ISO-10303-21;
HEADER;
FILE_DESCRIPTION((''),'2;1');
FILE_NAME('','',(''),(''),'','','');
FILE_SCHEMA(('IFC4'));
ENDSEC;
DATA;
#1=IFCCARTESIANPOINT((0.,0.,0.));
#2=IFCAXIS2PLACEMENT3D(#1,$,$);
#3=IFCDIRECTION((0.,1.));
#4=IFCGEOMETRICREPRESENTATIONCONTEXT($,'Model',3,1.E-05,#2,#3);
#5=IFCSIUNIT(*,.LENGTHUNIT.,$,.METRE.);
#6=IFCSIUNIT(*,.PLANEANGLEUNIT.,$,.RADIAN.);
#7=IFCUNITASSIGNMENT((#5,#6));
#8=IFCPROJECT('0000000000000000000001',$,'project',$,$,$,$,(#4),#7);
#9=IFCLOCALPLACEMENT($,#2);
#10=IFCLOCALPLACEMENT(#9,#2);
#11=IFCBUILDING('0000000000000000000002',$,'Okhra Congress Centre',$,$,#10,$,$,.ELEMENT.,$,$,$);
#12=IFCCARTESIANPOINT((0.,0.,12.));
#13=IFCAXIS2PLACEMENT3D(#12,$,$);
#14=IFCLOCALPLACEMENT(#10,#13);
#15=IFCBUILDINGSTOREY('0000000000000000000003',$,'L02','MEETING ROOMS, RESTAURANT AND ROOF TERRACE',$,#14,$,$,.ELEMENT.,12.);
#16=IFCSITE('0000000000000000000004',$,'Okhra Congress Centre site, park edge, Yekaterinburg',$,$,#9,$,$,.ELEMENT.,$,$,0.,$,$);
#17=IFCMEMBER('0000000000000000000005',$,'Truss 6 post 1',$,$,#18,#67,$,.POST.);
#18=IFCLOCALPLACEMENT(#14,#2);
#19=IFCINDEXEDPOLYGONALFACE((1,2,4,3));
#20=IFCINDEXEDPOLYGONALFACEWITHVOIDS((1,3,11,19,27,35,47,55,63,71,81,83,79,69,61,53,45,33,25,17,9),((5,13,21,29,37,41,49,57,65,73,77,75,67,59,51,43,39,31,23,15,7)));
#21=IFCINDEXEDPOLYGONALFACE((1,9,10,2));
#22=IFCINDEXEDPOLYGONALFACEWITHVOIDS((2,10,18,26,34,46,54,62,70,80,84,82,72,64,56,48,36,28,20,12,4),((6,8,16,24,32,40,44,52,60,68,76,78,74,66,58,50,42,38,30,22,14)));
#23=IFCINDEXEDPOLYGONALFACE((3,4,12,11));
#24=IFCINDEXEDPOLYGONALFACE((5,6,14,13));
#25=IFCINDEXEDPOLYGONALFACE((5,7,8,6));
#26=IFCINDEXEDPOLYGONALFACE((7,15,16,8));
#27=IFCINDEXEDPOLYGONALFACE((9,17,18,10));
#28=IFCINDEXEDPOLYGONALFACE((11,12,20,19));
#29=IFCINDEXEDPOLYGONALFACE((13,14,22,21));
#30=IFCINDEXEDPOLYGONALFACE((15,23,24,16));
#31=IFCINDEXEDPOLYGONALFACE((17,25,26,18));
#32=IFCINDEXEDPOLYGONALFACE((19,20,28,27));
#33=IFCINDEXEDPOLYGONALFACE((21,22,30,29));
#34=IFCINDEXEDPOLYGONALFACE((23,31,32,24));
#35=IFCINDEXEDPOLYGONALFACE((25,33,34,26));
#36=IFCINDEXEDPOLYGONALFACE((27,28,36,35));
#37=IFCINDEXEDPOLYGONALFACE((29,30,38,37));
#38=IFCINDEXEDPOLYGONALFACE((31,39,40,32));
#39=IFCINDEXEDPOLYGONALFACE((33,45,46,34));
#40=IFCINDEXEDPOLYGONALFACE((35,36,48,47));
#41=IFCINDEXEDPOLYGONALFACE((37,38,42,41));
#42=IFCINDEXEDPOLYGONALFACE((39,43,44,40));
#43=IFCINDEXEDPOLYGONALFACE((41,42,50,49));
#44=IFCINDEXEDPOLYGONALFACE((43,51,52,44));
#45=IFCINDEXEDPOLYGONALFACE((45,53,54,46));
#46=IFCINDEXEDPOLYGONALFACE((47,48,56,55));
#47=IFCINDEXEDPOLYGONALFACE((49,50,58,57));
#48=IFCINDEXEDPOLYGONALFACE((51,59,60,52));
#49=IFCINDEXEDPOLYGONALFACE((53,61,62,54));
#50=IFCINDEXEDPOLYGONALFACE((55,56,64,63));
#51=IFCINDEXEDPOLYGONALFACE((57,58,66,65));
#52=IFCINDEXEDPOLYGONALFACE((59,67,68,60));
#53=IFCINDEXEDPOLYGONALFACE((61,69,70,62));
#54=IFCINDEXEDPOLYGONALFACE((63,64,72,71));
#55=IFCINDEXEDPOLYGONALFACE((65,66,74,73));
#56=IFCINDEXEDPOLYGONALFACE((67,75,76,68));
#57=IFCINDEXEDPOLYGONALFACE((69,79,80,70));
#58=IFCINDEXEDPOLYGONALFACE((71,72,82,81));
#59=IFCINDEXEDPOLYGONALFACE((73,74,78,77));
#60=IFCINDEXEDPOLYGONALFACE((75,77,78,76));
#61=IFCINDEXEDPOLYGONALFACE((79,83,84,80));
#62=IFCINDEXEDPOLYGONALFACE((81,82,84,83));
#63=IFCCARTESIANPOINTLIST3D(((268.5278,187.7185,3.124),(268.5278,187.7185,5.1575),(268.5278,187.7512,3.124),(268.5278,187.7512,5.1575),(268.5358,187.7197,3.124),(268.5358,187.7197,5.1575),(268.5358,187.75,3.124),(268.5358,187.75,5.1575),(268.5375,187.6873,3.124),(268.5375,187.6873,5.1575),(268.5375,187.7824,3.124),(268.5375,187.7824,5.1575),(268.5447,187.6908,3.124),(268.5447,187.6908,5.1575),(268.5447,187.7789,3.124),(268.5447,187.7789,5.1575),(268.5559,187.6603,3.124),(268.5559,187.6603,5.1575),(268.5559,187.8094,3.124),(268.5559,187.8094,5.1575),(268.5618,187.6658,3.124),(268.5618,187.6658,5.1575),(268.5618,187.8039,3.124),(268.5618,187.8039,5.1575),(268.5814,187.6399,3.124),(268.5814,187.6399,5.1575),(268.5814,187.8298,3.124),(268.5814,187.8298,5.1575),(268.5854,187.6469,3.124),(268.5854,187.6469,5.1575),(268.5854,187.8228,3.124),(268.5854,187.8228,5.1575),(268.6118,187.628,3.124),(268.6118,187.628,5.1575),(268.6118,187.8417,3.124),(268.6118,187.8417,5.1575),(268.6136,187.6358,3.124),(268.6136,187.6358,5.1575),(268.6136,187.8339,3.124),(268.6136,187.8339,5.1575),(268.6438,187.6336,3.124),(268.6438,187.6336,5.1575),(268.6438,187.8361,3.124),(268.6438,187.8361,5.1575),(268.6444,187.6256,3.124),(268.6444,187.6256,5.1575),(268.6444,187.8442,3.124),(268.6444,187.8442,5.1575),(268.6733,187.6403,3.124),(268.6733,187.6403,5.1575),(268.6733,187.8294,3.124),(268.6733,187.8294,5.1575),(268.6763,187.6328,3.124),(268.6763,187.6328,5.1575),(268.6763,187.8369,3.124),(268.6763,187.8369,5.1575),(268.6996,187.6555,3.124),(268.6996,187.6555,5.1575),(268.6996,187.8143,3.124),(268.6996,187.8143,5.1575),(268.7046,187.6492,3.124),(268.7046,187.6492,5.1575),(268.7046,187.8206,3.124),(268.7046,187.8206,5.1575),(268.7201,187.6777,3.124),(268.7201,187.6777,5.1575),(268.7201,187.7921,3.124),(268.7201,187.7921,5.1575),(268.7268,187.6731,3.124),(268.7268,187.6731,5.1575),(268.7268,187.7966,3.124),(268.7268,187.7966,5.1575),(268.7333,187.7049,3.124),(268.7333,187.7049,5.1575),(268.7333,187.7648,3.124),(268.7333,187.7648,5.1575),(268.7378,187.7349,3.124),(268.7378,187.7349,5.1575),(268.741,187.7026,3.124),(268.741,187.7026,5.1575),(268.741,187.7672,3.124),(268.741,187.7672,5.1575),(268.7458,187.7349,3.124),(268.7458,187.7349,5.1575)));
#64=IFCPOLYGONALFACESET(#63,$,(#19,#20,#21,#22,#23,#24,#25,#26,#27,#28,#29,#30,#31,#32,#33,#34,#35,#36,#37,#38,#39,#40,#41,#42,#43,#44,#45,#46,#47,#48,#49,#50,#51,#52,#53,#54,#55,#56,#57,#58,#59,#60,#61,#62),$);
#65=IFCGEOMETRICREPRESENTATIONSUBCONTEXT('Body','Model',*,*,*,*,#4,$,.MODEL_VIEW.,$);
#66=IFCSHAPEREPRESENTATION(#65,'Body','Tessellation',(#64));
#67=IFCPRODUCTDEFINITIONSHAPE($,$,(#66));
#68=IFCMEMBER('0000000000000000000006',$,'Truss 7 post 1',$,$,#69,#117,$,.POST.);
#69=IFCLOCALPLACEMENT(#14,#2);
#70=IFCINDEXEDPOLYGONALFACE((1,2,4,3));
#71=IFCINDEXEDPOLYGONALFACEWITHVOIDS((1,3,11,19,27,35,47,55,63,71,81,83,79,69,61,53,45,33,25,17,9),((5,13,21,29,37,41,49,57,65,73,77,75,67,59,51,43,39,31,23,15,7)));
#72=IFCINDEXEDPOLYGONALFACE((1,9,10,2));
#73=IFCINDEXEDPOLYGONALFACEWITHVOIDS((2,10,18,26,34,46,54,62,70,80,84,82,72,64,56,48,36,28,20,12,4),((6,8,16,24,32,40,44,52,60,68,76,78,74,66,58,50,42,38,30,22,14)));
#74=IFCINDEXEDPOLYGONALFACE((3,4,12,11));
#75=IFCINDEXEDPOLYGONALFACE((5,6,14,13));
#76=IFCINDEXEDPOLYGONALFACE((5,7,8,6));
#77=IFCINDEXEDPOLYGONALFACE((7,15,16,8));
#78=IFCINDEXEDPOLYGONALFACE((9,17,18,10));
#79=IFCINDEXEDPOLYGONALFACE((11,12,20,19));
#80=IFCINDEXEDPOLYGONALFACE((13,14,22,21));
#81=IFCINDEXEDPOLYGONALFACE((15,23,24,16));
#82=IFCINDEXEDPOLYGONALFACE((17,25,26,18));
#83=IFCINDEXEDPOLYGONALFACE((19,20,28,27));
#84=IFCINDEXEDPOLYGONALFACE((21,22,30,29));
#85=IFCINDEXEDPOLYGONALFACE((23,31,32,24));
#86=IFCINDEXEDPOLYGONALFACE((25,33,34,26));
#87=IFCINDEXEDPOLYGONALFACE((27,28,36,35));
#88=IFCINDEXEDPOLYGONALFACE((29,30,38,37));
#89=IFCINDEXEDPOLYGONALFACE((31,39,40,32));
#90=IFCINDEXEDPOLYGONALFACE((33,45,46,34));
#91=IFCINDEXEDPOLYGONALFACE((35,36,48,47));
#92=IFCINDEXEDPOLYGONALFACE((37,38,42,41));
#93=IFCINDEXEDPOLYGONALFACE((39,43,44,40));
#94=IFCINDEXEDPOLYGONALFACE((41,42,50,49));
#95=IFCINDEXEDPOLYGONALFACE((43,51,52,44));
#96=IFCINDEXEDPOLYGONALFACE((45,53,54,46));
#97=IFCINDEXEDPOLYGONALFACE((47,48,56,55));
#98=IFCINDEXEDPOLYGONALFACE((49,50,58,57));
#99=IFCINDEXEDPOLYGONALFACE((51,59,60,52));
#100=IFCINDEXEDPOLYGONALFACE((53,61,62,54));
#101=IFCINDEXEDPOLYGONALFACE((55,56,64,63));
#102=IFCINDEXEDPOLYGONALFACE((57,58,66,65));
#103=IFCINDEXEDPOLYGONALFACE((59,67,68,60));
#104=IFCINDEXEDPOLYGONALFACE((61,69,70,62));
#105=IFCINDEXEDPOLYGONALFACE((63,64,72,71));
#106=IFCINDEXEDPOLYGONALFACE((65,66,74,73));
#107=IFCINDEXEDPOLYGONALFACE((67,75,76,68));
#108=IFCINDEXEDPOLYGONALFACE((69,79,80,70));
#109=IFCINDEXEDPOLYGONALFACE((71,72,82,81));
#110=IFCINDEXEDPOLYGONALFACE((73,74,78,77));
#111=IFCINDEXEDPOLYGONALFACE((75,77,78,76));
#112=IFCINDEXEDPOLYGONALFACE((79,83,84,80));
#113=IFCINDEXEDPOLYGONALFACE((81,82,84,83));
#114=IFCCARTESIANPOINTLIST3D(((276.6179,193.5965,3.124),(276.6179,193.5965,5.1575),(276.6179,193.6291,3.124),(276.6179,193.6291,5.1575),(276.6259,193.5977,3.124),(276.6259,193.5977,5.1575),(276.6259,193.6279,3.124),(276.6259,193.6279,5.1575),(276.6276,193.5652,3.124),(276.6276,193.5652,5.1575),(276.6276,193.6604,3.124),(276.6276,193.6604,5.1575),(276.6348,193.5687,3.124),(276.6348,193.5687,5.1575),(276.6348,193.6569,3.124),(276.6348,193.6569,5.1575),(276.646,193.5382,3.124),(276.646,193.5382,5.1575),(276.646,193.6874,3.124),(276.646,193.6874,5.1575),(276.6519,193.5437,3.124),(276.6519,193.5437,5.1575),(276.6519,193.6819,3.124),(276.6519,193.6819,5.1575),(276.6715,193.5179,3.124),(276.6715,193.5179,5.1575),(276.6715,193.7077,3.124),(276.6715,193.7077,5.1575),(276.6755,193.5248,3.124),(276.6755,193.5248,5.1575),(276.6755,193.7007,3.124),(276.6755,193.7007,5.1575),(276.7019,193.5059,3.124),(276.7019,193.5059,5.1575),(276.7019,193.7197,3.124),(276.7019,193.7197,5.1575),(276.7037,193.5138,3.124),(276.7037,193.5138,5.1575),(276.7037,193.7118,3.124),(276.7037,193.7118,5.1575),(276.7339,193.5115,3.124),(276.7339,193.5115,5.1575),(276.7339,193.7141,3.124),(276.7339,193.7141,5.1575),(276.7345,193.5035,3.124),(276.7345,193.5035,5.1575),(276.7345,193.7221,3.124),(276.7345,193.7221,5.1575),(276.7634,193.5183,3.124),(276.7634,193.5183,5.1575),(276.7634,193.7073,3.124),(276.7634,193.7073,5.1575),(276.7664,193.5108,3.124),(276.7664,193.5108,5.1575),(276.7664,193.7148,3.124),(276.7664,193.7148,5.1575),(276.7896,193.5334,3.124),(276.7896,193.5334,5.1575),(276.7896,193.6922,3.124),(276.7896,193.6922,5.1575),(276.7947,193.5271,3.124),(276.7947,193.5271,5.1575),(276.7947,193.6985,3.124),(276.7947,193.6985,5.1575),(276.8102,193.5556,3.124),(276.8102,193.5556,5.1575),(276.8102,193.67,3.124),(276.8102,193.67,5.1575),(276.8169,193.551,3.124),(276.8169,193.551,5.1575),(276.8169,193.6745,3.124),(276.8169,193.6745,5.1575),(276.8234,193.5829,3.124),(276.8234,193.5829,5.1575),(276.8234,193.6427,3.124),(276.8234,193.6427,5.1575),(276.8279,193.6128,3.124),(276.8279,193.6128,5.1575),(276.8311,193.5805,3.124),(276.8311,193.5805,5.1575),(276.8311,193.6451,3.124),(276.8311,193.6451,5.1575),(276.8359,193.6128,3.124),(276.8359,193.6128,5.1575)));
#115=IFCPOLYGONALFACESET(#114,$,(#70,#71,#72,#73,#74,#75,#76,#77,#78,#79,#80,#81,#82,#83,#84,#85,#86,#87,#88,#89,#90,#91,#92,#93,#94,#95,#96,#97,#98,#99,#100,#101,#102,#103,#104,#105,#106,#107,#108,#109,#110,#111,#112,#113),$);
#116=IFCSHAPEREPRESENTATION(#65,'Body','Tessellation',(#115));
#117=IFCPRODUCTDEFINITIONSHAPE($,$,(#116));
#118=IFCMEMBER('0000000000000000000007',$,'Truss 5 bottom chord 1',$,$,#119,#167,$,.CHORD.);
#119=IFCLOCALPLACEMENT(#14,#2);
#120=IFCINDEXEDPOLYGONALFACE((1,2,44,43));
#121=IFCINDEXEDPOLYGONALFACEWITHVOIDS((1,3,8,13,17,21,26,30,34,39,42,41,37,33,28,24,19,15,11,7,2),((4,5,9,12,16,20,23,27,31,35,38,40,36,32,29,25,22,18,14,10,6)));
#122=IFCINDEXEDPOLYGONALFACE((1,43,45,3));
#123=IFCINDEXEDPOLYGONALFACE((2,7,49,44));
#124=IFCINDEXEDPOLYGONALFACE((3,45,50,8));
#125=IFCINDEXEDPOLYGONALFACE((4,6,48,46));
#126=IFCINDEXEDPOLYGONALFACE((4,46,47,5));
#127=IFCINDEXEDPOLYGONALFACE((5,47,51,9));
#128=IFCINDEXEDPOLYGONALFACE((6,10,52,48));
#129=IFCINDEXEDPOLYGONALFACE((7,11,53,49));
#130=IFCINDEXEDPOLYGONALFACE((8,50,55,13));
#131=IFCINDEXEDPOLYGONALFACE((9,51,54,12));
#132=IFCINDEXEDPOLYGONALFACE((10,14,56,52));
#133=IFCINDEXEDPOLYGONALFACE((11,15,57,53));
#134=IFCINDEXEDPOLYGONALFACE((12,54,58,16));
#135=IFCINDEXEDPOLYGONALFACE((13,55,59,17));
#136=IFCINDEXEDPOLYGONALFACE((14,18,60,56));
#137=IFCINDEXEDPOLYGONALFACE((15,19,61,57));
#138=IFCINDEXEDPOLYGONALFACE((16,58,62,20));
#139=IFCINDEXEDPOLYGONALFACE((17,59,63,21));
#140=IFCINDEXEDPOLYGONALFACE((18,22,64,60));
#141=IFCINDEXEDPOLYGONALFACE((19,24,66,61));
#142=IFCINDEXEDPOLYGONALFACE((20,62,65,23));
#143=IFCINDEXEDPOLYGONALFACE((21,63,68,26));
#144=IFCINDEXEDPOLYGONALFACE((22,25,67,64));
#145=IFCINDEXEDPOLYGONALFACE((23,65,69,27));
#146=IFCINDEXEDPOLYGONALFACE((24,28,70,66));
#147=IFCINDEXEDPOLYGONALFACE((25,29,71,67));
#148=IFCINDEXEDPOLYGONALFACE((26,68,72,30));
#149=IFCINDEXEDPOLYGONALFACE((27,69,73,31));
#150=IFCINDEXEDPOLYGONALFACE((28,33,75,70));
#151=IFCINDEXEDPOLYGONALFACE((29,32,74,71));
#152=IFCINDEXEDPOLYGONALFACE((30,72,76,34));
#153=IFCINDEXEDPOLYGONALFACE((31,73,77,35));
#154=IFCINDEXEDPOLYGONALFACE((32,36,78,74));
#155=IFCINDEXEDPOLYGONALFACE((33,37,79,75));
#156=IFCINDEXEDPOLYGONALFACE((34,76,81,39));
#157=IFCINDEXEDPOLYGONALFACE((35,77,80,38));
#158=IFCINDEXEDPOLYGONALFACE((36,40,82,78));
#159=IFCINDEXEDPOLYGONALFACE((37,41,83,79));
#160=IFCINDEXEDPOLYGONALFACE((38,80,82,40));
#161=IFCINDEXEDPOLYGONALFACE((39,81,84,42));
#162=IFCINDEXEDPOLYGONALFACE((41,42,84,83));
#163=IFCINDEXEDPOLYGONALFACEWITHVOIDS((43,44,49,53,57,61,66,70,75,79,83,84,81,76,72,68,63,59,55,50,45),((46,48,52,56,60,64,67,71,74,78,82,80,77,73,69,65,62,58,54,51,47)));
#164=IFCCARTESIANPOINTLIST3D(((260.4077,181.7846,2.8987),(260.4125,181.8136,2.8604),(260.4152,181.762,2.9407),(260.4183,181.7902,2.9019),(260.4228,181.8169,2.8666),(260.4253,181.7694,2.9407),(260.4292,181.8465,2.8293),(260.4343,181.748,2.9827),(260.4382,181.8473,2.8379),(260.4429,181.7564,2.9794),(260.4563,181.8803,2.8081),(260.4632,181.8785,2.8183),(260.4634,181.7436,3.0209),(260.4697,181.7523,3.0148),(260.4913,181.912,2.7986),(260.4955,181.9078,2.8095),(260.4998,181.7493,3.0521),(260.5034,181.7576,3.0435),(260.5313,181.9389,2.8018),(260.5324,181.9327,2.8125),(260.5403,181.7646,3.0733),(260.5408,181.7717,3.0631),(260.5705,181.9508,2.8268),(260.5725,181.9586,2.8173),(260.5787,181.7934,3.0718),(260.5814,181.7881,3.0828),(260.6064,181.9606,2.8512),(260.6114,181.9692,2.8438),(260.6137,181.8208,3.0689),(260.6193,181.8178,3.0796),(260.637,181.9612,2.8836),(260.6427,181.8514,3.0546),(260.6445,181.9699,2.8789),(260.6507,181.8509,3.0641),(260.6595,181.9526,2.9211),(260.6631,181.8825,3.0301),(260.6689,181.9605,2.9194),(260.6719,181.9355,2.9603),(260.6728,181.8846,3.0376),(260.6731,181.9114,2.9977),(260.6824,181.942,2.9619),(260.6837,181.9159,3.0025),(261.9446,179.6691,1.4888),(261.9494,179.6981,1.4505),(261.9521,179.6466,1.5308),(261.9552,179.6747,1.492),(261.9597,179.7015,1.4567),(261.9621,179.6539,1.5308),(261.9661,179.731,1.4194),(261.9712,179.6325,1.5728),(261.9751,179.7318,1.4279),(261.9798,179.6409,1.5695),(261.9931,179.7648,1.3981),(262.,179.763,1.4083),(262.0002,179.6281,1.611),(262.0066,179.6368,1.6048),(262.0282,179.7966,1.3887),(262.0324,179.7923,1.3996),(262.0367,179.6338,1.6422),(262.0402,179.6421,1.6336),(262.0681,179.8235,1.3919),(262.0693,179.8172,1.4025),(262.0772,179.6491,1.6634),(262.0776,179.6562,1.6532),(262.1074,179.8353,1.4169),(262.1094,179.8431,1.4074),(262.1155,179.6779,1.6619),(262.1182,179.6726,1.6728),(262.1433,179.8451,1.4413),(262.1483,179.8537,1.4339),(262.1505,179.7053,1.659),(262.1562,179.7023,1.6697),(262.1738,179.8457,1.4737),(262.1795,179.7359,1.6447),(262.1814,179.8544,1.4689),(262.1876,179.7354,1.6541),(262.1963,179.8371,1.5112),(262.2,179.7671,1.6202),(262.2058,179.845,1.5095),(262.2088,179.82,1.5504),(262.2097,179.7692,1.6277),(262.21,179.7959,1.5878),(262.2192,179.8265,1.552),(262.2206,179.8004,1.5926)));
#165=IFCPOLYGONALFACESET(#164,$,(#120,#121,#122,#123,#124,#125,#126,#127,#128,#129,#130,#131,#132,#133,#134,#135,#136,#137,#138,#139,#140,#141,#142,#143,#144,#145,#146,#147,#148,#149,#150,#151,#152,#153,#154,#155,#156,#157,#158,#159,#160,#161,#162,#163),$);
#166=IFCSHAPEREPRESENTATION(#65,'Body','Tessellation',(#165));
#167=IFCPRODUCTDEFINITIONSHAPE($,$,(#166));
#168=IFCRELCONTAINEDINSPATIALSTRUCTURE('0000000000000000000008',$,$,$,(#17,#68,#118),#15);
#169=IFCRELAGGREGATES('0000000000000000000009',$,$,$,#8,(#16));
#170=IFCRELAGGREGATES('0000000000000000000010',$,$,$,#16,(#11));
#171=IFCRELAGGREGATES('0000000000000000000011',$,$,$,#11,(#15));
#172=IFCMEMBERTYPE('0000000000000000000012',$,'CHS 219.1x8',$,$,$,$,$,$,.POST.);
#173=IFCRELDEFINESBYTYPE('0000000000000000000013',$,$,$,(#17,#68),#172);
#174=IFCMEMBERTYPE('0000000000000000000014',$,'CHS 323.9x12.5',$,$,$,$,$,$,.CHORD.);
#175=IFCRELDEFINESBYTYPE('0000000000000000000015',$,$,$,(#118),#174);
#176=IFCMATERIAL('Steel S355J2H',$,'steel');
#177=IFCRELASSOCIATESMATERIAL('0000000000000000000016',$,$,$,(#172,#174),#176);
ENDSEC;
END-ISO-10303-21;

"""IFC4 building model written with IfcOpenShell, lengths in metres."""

from ifc_helpers import new_model, si_unit, direction, frame, origin, origin_2d, place, context, subcontext, project, spatial, hollow_circle, extrude, material, material_profile, profile_set, type_object, element, save


model = new_model("IFC4")

# Units and contexts
model_context = context("Model", 3, precision=1e-05, world=origin(), true_north=direction((0.0, 1.0)))
body_context = subcontext(model_context, "Body", "Model", "MODEL_VIEW")
ifc_project = project(units=[si_unit("LENGTHUNIT", "METRE"), si_unit("PLANEANGLEUNIT", "RADIAN")], contexts=[model_context])

# Site, building, storey
site_placement = place(None, origin())
site = spatial("IfcSite", under=ifc_project, at=site_placement, Name="Okhra Congress Centre site, park edge, Yekaterinburg", CompositionType="ELEMENT", RefElevation=0.0)
building_placement = place(site_placement, origin())
building = spatial("IfcBuilding", under=site, at=building_placement, Name="Okhra Congress Centre", CompositionType="ELEMENT")
storey_placement = place(building_placement, frame((0.0, 0.0, 12.0)))
storey = spatial("IfcBuildingStorey", under=building, at=storey_placement, Name="L02", Description="MEETING ROOMS, RESTAURANT AND ROOF TERRACE", CompositionType="ELEMENT", Elevation=12.0)

# Shared definitions
ifc_material_1 = material(Name="Steel S355J2H", Category="steel")

# Members
ifc_material_profile_1 = material_profile(ifc_material_1, hollow_circle(Radius=0.1096, WallThickness=0.0081, at=origin_2d()), Name="CHS 219.1x8")
ifc_profile_set_1 = profile_set([ifc_material_profile_1], Name="Steel S355J2H")
member_type_1 = type_object("IfcMemberType", Name="CHS 219.1x8", PredefinedType="POST", material=ifc_profile_set_1)
for number, where, z_axis, x_axis, name in (
    (1, (268.6362, 187.7349, 3.124), (0.0, 0.0, 1.0), (1.0, 0.0, 0.0), "Truss 6 post 1"),
    (2, (276.7263, 193.6128, 3.124), (0.0, 0.0, 1.0), (1.0, 0.0, 0.0), "Truss 7 post 1"),
):
    element("IfcMember", number, at=place(storey_placement, frame(where, z_axis=z_axis, x_axis=x_axis)), inside=storey, type_object=member_type_1, Name=name, PredefinedType="POST", context=body_context, shape_type="SweptSolid", body=[
        extrude(hollow_circle(Radius=0.1096, WallThickness=0.0081, at=origin_2d()), origin(), (0.0, 0.0, 1.0), 2.0334),
    ])
ifc_material_profile_2 = material_profile(ifc_material_1, hollow_circle(Radius=0.1619, WallThickness=0.0125, at=origin_2d()), Name="CHS 323.9x12.5")
ifc_profile_set_2 = profile_set([ifc_material_profile_2], Name="Steel S355J2H")
member_type_2 = type_object("IfcMemberType", Name="CHS 323.9x12.5", PredefinedType="CHORD", material=ifc_profile_set_2)
for number, where, z_axis, x_axis, name in (
    (3, (262.083, 179.7417, 1.5308), (-0.517341, 0.712115, 0.474606), (-0.809039, -0.587755, 0.0), "Truss 5 bottom chord 1"),
):
    element("IfcMember", number, at=place(storey_placement, frame(where, z_axis=z_axis, x_axis=x_axis)), inside=storey, type_object=member_type_2, Name=name, PredefinedType="CHORD", context=body_context, shape_type="SweptSolid", body=[
        extrude(hollow_circle(Radius=0.1619, WallThickness=0.0125, at=origin_2d()), origin(), (0.0, 0.0, 1.0), 2.9707),
    ])

save(model, "model.ifc")
